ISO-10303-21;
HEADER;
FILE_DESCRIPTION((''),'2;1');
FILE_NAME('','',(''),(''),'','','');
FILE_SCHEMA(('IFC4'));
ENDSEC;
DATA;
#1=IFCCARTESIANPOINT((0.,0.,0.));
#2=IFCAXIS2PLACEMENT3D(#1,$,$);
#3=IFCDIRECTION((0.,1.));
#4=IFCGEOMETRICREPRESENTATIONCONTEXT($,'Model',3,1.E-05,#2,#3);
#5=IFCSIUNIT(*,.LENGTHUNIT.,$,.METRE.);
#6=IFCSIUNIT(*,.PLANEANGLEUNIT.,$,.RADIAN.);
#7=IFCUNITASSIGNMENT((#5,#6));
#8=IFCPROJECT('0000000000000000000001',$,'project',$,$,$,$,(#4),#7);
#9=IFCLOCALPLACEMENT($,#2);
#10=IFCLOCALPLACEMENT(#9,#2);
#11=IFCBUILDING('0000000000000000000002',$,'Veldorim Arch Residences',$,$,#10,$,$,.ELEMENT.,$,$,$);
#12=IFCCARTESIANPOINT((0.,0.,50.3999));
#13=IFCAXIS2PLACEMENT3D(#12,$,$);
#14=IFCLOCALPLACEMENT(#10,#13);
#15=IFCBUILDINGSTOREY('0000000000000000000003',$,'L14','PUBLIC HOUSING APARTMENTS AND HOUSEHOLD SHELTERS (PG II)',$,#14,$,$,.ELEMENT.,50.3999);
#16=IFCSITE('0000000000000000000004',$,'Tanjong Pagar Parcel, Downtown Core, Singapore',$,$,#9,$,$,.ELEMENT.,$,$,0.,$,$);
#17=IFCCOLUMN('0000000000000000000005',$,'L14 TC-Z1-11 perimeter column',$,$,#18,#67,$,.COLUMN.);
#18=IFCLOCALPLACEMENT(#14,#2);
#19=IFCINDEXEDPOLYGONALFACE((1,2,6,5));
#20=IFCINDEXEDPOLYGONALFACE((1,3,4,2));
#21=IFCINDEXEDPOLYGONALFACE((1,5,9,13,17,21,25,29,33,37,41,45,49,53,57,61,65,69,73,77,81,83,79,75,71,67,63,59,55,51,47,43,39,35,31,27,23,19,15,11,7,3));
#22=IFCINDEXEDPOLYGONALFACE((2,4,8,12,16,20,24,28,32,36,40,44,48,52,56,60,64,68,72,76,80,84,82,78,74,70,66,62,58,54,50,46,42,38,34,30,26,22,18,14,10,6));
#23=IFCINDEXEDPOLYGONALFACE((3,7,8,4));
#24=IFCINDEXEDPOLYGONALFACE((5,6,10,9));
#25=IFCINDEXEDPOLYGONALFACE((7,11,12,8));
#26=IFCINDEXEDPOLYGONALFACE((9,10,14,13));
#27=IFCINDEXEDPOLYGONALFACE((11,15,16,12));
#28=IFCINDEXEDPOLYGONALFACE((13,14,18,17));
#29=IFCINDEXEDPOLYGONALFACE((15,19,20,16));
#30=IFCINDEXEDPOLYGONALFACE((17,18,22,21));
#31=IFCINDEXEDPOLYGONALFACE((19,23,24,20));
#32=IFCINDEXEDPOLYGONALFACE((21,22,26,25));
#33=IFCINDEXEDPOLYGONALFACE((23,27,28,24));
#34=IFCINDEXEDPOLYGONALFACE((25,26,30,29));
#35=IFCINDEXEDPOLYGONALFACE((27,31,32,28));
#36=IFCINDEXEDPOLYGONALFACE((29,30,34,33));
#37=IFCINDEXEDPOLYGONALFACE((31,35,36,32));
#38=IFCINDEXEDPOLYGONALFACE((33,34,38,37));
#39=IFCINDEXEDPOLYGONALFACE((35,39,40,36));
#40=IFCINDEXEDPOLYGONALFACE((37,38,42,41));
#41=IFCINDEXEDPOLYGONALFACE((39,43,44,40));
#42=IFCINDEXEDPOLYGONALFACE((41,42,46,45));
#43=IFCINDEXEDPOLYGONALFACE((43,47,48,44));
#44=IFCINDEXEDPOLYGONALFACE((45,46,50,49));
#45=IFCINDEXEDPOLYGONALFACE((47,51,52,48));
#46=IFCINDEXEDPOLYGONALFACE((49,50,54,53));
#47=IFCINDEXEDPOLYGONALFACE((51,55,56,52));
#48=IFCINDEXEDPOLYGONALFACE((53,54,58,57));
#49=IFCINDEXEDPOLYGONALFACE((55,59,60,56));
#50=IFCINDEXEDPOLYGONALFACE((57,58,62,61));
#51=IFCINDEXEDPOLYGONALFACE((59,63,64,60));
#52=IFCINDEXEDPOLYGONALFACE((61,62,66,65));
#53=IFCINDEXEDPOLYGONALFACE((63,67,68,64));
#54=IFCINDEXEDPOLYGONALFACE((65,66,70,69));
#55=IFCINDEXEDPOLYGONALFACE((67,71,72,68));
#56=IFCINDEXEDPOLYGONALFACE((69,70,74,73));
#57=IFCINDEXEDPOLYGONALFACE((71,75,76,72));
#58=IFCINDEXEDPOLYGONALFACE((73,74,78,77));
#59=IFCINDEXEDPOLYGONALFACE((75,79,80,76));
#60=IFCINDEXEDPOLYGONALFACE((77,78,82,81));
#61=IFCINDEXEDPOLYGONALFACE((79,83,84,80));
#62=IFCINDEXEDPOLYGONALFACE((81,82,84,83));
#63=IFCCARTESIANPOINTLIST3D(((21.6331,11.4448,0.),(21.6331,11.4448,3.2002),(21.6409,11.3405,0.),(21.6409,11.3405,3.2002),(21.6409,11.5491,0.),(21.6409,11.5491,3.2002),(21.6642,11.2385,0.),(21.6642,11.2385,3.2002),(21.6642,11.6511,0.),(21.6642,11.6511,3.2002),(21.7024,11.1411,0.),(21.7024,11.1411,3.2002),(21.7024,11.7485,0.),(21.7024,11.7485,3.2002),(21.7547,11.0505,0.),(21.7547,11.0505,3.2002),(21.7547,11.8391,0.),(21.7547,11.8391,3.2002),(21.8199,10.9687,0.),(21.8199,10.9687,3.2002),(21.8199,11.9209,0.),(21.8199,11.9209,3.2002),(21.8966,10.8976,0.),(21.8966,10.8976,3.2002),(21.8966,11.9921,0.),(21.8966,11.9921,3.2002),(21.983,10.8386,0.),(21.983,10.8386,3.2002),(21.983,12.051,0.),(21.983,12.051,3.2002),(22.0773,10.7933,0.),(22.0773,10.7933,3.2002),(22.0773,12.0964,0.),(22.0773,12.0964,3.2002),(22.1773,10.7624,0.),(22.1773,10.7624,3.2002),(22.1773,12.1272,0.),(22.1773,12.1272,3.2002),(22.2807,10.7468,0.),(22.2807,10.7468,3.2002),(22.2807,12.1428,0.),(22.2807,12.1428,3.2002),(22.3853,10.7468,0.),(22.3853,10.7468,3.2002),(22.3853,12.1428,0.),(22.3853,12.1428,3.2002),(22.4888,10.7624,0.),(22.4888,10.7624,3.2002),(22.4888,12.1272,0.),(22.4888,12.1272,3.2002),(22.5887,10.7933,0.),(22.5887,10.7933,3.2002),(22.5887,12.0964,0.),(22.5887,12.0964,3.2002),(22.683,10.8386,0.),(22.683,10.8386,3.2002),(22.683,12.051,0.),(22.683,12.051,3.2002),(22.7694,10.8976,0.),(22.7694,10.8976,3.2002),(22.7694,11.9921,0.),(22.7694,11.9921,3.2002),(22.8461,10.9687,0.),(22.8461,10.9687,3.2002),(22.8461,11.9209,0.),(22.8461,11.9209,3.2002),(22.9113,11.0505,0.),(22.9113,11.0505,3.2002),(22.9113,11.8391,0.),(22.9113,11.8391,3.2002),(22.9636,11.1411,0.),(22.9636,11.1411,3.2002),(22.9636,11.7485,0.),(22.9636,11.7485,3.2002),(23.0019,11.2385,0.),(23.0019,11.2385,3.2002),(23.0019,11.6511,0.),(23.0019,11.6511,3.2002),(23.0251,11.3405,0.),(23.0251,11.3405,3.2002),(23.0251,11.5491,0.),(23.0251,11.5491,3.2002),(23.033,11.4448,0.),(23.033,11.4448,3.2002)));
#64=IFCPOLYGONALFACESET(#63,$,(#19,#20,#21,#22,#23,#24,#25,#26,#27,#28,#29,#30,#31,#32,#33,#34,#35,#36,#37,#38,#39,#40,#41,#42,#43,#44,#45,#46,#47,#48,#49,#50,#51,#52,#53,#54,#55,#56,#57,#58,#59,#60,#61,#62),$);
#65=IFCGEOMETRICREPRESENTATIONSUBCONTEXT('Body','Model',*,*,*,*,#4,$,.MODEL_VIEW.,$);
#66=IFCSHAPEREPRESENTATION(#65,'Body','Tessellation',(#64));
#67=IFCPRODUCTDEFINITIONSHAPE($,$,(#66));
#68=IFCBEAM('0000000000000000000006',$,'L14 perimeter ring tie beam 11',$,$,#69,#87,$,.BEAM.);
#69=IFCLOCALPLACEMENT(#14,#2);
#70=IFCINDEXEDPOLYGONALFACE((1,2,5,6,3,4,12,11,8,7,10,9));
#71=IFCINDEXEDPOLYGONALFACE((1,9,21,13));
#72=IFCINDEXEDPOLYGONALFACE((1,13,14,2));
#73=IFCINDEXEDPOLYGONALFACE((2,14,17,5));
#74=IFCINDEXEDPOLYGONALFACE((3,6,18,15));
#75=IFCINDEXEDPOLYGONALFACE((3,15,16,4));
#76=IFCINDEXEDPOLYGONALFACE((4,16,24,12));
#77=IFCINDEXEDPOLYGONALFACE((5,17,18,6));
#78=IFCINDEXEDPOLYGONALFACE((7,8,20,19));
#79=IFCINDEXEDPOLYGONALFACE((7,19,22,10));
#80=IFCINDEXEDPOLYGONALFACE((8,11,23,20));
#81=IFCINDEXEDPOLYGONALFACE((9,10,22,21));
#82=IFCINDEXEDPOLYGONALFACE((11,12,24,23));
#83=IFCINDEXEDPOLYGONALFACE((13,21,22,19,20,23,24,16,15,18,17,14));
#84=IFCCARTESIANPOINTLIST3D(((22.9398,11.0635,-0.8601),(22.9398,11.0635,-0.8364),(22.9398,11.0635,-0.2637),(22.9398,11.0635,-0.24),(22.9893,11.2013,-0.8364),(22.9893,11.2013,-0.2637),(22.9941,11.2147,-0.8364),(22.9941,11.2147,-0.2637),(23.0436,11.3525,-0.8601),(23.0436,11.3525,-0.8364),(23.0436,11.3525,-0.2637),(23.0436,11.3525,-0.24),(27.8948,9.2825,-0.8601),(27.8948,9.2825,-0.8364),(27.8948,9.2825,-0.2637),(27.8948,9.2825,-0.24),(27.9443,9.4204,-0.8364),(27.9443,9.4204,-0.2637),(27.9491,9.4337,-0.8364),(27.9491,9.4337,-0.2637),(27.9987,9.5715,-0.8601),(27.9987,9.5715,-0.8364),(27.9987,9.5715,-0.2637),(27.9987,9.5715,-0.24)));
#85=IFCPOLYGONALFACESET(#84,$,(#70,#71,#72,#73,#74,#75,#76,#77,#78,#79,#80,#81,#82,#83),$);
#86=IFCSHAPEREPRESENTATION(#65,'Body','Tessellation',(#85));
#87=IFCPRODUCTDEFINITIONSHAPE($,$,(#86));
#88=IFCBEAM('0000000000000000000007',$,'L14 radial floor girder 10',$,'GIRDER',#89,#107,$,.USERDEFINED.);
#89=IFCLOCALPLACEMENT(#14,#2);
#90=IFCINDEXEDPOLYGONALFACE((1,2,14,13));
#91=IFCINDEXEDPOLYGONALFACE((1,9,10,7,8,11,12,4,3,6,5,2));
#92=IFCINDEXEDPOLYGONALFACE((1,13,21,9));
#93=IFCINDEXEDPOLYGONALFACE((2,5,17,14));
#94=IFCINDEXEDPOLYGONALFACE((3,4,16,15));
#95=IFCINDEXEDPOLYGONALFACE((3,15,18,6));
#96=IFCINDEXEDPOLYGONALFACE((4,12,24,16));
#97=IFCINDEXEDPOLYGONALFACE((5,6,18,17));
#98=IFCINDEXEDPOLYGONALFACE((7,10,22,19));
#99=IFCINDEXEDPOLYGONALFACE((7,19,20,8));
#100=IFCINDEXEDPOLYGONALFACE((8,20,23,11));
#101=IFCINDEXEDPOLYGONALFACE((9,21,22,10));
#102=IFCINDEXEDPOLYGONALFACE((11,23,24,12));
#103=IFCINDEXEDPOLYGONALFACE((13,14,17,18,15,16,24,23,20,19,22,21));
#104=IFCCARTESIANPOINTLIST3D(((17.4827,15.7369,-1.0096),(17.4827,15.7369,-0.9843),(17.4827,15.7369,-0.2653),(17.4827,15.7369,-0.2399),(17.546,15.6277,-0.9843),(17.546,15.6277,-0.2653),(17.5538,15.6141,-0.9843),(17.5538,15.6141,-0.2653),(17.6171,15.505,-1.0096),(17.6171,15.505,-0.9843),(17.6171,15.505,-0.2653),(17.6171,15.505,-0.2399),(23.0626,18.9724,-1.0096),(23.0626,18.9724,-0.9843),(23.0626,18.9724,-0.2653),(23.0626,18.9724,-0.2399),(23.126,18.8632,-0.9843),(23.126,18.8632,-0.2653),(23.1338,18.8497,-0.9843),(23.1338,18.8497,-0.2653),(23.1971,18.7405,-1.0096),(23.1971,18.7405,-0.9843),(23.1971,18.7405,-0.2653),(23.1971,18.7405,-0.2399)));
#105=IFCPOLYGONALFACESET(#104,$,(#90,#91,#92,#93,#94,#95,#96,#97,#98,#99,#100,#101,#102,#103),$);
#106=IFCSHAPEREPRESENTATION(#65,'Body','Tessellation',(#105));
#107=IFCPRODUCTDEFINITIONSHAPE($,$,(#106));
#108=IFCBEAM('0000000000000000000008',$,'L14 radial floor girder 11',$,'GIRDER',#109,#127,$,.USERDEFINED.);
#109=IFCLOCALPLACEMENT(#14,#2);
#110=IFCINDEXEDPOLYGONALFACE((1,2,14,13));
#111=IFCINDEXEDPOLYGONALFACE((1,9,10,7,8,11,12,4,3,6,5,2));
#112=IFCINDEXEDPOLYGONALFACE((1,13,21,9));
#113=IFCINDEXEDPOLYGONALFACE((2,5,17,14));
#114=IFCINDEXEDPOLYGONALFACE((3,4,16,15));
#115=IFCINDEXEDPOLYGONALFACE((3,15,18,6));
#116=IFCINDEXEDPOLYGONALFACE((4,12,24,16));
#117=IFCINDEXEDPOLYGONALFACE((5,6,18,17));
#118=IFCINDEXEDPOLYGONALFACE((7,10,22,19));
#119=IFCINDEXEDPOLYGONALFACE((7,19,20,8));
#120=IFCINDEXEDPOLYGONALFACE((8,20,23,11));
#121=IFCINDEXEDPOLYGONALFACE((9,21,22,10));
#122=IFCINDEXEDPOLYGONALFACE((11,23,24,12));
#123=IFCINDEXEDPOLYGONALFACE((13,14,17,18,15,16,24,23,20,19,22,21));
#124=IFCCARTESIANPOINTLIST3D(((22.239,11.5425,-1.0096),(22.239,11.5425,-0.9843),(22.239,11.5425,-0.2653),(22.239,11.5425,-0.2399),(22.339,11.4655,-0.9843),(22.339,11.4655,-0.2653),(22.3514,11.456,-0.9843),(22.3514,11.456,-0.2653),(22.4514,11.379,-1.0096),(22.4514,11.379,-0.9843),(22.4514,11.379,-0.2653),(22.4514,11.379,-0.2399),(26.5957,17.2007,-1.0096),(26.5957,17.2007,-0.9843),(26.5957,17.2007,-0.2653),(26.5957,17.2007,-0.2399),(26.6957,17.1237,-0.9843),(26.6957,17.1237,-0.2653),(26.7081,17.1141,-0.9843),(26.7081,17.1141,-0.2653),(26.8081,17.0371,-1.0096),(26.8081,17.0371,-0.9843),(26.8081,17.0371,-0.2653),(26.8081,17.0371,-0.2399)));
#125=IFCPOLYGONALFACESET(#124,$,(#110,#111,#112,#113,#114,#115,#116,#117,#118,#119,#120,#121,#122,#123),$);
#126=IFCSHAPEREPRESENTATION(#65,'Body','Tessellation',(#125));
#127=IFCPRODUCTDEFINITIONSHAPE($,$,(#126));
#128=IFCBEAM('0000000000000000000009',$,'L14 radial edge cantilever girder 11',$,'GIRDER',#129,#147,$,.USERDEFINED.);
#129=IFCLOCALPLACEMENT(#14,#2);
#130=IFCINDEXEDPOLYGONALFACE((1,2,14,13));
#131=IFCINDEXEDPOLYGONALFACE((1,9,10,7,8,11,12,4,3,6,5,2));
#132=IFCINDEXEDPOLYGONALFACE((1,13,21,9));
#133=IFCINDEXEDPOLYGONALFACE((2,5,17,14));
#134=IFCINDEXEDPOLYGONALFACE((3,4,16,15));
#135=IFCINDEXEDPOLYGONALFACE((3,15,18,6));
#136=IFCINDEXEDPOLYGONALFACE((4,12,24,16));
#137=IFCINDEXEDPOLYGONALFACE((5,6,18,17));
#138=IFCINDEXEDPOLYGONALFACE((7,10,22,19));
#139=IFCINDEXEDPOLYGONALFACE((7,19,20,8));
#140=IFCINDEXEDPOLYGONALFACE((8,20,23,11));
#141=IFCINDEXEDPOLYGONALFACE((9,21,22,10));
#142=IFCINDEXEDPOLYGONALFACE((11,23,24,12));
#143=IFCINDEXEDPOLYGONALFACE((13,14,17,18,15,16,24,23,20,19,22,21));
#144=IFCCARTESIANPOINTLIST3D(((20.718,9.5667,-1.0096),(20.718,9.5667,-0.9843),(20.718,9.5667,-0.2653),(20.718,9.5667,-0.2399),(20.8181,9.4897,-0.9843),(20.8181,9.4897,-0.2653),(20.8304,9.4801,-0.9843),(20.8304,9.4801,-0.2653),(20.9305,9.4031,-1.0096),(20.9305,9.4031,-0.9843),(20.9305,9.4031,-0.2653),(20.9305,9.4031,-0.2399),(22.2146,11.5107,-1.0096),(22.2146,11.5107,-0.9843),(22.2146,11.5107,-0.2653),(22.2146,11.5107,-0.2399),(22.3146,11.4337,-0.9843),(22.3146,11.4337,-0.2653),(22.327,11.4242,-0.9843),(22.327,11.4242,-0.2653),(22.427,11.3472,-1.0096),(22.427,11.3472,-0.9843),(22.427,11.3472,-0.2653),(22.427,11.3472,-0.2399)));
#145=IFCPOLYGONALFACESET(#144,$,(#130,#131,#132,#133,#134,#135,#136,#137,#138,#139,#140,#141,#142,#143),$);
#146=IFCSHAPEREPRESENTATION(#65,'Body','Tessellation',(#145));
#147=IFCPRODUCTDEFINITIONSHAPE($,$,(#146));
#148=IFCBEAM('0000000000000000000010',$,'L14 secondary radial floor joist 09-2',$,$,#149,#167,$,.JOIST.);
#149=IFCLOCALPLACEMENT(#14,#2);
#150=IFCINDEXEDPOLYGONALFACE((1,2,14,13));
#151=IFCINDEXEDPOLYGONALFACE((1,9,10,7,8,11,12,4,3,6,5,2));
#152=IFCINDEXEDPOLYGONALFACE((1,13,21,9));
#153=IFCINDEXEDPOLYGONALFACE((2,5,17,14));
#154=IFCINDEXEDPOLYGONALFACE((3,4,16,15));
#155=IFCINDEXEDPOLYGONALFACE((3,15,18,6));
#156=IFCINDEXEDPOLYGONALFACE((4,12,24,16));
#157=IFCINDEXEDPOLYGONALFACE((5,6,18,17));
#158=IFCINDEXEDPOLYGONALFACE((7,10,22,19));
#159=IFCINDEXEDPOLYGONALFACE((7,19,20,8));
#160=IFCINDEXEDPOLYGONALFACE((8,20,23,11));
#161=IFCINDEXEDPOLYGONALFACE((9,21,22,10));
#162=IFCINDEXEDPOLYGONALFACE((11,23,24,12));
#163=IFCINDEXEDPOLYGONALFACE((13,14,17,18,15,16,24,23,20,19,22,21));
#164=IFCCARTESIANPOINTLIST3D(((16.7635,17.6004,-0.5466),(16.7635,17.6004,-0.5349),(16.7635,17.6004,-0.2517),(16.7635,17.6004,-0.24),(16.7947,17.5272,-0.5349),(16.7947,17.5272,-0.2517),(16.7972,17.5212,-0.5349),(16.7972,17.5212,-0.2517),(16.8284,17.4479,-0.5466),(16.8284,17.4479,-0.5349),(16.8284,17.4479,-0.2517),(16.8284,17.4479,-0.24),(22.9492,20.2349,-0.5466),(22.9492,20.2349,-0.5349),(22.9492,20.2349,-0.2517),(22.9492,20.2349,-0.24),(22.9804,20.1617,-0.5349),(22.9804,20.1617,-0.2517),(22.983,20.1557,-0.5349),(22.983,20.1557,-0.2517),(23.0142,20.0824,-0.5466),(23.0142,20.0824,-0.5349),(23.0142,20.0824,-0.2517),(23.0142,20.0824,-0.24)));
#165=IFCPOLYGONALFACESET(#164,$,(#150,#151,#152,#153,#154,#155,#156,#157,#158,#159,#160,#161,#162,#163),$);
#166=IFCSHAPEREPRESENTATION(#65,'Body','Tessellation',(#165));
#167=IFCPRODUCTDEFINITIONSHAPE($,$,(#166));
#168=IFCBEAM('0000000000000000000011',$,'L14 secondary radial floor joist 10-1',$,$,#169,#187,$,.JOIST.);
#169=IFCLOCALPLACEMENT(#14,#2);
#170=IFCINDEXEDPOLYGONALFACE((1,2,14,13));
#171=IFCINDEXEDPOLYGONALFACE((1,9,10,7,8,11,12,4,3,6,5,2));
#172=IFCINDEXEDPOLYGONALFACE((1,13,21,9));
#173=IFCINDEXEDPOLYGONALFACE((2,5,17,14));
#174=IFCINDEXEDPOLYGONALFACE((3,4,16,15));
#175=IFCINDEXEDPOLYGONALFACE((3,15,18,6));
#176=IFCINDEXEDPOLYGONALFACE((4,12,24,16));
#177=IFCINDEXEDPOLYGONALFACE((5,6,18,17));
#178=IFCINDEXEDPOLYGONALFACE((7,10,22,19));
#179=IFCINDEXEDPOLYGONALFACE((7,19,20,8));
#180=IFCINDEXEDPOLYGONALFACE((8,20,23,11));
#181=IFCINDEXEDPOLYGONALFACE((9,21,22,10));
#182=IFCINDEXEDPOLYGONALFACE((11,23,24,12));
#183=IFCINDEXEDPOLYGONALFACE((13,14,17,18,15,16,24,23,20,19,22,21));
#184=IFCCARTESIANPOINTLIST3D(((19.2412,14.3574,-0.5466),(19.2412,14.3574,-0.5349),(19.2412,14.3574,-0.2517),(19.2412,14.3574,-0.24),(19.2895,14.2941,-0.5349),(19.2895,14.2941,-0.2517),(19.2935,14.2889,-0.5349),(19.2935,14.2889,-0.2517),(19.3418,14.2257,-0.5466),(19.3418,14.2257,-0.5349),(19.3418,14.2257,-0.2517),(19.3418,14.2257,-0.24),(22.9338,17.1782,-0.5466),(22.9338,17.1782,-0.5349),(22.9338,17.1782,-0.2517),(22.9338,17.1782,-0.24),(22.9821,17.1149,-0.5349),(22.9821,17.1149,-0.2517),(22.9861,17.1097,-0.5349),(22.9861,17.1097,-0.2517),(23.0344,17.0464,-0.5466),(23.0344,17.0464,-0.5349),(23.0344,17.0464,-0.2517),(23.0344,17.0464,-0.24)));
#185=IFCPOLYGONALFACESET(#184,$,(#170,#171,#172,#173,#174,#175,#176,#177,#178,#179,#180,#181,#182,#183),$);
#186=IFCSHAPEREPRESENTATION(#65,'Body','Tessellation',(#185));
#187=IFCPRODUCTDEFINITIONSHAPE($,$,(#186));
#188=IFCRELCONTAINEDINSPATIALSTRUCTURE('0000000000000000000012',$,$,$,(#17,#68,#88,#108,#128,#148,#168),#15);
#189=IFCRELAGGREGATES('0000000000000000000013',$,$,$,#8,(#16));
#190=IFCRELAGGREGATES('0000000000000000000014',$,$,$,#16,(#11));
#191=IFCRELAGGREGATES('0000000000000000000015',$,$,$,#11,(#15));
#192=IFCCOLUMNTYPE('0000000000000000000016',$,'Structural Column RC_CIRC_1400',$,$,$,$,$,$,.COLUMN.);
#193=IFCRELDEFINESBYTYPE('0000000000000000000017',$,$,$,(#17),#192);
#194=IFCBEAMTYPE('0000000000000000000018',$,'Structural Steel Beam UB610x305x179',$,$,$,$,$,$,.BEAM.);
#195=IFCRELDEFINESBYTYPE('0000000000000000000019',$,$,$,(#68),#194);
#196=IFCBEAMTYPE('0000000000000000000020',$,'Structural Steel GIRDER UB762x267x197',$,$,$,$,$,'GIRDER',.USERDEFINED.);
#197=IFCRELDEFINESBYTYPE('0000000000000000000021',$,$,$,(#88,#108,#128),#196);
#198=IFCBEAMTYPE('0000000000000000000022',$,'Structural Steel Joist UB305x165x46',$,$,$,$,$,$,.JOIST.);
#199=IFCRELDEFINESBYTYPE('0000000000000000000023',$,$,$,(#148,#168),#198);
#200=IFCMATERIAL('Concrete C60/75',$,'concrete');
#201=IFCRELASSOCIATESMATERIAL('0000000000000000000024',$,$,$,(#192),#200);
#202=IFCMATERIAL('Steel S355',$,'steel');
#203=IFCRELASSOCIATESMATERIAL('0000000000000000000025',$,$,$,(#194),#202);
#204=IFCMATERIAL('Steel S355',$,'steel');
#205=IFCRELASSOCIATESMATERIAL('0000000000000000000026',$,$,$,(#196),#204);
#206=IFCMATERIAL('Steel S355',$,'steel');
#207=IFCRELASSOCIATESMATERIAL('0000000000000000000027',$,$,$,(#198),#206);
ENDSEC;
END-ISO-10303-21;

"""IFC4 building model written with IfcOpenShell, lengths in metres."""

from ifc_helpers import new_model, si_unit, direction, frame, origin, origin_2d, place, context, subcontext, project, spatial, circle, i_section, extrude, material, material_profile, profile_set, type_object, element, save


model = new_model("IFC4")

# Units and contexts
model_context = context("Model", 3, precision=1e-05, world=origin(), true_north=direction((0.0, 1.0)))
body_context = subcontext(model_context, "Body", "Model", "MODEL_VIEW")
ifc_project = project(units=[si_unit("LENGTHUNIT", "METRE"), si_unit("PLANEANGLEUNIT", "RADIAN")], contexts=[model_context])

# Site, building, storey
site_placement = place(None, origin())
site = spatial("IfcSite", under=ifc_project, at=site_placement, Name="Tanjong Pagar Parcel, Downtown Core, Singapore", CompositionType="ELEMENT", RefElevation=0.0)
building_placement = place(site_placement, origin())
building = spatial("IfcBuilding", under=site, at=building_placement, Name="Veldorim Arch Residences", CompositionType="ELEMENT")
storey_placement = place(building_placement, frame((0.0, 0.0, 50.3999)))
storey = spatial("IfcBuildingStorey", under=building, at=storey_placement, Name="L14", Description="PUBLIC HOUSING APARTMENTS AND HOUSEHOLD SHELTERS (PG II)", CompositionType="ELEMENT", Elevation=50.3999)

# Column
ifc_material_1 = material(Name="Concrete C60/75", Category="concrete")
ifc_material_profile_1 = material_profile(ifc_material_1, circle(Radius=0.7, at=origin_2d()), Name="RC_CIRC_1400")
ifc_profile_set_1 = profile_set([ifc_material_profile_1], Name="Concrete C60/75")
column_type = type_object("IfcColumnType", Name="Structural Column RC_CIRC_1400", PredefinedType="COLUMN", material=ifc_profile_set_1)
column_placement = place(storey_placement, frame((22.333, 11.4448, 0.0), z_axis=(0.0, 0.0, 1.0), x_axis=(1.0, 0.0, 0.0)))
element("IfcColumn", 1, at=column_placement, inside=storey, type_object=column_type, Name="L14 TC-Z1-11 perimeter column", PredefinedType="COLUMN", context=body_context, shape_type="SweptSolid", body=[
    extrude(circle(Radius=0.7, at=origin_2d()), origin(), (0.0, 0.0, 1.0), 3.2002),
])

# Beams
ifc_material_2 = material(Name="Steel S355", Category="steel")
ifc_material_profile_2 = material_profile(ifc_material_2, i_section(OverallWidth=0.3071, OverallDepth=0.6201, WebThickness=0.0142, FlangeThickness=0.0237, at=origin_2d()), Name="UB610x305x179")
ifc_profile_set_2 = profile_set([ifc_material_profile_2], Name="Steel S355")
beam_type_1 = type_object("IfcBeamType", Name="Structural Steel Beam UB610x305x179", PredefinedType="BEAM", material=ifc_profile_set_2)
beam_1_placement = place(storey_placement, frame((22.9917, 11.208, -0.55), z_axis=(0.941058, -0.338245, 0.0), x_axis=(0.338245, 0.941058, 0.0)))
element("IfcBeam", 2, at=beam_1_placement, inside=storey, type_object=beam_type_1, Name="L14 perimeter ring tie beam 11", PredefinedType="BEAM", context=body_context, shape_type="SweptSolid", body=[
    extrude(i_section(OverallWidth=0.3071, OverallDepth=0.6201, WebThickness=0.0142, FlangeThickness=0.0237, at=origin_2d()), origin(), (0.0, 0.0, 1.0), 5.2654),
])
ifc_material_3 = material(Name="Steel S355", Category="steel")
ifc_material_profile_3 = material_profile(ifc_material_3, i_section(OverallWidth=0.2681, OverallDepth=0.7698, WebThickness=0.0156, FlangeThickness=0.0254, at=origin_2d()), Name="UB762x267x197")
ifc_profile_set_3 = profile_set([ifc_material_profile_3], Name="Steel S355")
beam_type_2 = type_object("IfcBeamType", Name="Structural Steel GIRDER UB762x267x197", ElementType="GIRDER", PredefinedType="USERDEFINED", material=ifc_profile_set_3)
beam_2_placement = place(storey_placement, frame((23.1299, 18.8564, -0.6248), z_axis=(-0.865088, -0.50162, 0.0), x_axis=(0.50162, -0.865088, 0.0)))
element("IfcBeam", 3, at=beam_2_placement, inside=storey, type_object=beam_type_2, Name="L14 radial floor girder 10", ObjectType="GIRDER", PredefinedType="USERDEFINED", context=body_context, shape_type="SweptSolid", body=[
    extrude(i_section(OverallWidth=0.2681, OverallDepth=0.7698, WebThickness=0.0156, FlangeThickness=0.0254, at=origin_2d()), origin(), (0.0, 0.0, 1.0), 6.4502),
])
beam_3_placement = place(storey_placement, frame((26.7019, 17.1189, -0.6248), z_axis=(-0.610082, -0.792338, 0.0), x_axis=(0.792338, -0.610082, 0.0)))
element("IfcBeam", 4, at=beam_3_placement, inside=storey, type_object=beam_type_2, Name="L14 radial floor girder 11", ObjectType="GIRDER", PredefinedType="USERDEFINED", context=body_context, shape_type="SweptSolid", body=[
    extrude(i_section(OverallWidth=0.2681, OverallDepth=0.7698, WebThickness=0.0156, FlangeThickness=0.0254, at=origin_2d()), origin(), (0.0, 0.0, 1.0), 7.1411),
])
beam_4_placement = place(storey_placement, frame((22.3208, 11.429, -0.6248), z_axis=(-0.609999, -0.792402, 0.0), x_axis=(0.792402, -0.609999, 0.0)))
element("IfcBeam", 5, at=beam_4_placement, inside=storey, type_object=beam_type_2, Name="L14 radial edge cantilever girder 11", ObjectType="GIRDER", PredefinedType="USERDEFINED", context=body_context, shape_type="SweptSolid", body=[
    extrude(i_section(OverallWidth=0.2681, OverallDepth=0.7698, WebThickness=0.0156, FlangeThickness=0.0254, at=origin_2d()), origin(), (0.0, 0.0, 1.0), 2.4534),
])
ifc_material_4 = material(Name="Steel S355", Category="steel")
ifc_material_profile_4 = material_profile(ifc_material_4, i_section(OverallWidth=0.1658, OverallDepth=0.3066, WebThickness=0.0066, FlangeThickness=0.0117, at=origin_2d()), Name="UB305x165x46")
ifc_profile_set_4 = profile_set([ifc_material_profile_4], Name="Steel S355")
beam_type_3 = type_object("IfcBeamType", Name="Structural Steel Joist UB305x165x46", PredefinedType="JOIST", material=ifc_profile_set_4)
beam_5_placement = place(storey_placement, frame((22.9817, 20.1587, -0.3933), z_axis=(-0.920033, -0.391841, 0.0), x_axis=(0.391841, -0.920033, 0.0)))
element("IfcBeam", 6, at=beam_5_placement, inside=storey, type_object=beam_type_3, Name="L14 secondary radial floor joist 09-2", PredefinedType="JOIST", context=body_context, shape_type="SweptSolid", body=[
    extrude(i_section(OverallWidth=0.1658, OverallDepth=0.3066, WebThickness=0.0066, FlangeThickness=0.0117, at=origin_2d()), origin(), (0.0, 0.0, 1.0), 6.7234),
])
beam_6_placement = place(storey_placement, frame((22.9841, 17.1123, -0.3933), z_axis=(-0.794666, -0.607046, 0.0), x_axis=(0.607046, -0.794666, 0.0)))
element("IfcBeam", 7, at=beam_6_placement, inside=storey, type_object=beam_type_3, Name="L14 secondary radial floor joist 10-1", PredefinedType="JOIST", context=body_context, shape_type="SweptSolid", body=[
    extrude(i_section(OverallWidth=0.1658, OverallDepth=0.3066, WebThickness=0.0066, FlangeThickness=0.0117, at=origin_2d()), origin(), (0.0, 0.0, 1.0), 4.6467),
])

save(model, "model.ifc")
